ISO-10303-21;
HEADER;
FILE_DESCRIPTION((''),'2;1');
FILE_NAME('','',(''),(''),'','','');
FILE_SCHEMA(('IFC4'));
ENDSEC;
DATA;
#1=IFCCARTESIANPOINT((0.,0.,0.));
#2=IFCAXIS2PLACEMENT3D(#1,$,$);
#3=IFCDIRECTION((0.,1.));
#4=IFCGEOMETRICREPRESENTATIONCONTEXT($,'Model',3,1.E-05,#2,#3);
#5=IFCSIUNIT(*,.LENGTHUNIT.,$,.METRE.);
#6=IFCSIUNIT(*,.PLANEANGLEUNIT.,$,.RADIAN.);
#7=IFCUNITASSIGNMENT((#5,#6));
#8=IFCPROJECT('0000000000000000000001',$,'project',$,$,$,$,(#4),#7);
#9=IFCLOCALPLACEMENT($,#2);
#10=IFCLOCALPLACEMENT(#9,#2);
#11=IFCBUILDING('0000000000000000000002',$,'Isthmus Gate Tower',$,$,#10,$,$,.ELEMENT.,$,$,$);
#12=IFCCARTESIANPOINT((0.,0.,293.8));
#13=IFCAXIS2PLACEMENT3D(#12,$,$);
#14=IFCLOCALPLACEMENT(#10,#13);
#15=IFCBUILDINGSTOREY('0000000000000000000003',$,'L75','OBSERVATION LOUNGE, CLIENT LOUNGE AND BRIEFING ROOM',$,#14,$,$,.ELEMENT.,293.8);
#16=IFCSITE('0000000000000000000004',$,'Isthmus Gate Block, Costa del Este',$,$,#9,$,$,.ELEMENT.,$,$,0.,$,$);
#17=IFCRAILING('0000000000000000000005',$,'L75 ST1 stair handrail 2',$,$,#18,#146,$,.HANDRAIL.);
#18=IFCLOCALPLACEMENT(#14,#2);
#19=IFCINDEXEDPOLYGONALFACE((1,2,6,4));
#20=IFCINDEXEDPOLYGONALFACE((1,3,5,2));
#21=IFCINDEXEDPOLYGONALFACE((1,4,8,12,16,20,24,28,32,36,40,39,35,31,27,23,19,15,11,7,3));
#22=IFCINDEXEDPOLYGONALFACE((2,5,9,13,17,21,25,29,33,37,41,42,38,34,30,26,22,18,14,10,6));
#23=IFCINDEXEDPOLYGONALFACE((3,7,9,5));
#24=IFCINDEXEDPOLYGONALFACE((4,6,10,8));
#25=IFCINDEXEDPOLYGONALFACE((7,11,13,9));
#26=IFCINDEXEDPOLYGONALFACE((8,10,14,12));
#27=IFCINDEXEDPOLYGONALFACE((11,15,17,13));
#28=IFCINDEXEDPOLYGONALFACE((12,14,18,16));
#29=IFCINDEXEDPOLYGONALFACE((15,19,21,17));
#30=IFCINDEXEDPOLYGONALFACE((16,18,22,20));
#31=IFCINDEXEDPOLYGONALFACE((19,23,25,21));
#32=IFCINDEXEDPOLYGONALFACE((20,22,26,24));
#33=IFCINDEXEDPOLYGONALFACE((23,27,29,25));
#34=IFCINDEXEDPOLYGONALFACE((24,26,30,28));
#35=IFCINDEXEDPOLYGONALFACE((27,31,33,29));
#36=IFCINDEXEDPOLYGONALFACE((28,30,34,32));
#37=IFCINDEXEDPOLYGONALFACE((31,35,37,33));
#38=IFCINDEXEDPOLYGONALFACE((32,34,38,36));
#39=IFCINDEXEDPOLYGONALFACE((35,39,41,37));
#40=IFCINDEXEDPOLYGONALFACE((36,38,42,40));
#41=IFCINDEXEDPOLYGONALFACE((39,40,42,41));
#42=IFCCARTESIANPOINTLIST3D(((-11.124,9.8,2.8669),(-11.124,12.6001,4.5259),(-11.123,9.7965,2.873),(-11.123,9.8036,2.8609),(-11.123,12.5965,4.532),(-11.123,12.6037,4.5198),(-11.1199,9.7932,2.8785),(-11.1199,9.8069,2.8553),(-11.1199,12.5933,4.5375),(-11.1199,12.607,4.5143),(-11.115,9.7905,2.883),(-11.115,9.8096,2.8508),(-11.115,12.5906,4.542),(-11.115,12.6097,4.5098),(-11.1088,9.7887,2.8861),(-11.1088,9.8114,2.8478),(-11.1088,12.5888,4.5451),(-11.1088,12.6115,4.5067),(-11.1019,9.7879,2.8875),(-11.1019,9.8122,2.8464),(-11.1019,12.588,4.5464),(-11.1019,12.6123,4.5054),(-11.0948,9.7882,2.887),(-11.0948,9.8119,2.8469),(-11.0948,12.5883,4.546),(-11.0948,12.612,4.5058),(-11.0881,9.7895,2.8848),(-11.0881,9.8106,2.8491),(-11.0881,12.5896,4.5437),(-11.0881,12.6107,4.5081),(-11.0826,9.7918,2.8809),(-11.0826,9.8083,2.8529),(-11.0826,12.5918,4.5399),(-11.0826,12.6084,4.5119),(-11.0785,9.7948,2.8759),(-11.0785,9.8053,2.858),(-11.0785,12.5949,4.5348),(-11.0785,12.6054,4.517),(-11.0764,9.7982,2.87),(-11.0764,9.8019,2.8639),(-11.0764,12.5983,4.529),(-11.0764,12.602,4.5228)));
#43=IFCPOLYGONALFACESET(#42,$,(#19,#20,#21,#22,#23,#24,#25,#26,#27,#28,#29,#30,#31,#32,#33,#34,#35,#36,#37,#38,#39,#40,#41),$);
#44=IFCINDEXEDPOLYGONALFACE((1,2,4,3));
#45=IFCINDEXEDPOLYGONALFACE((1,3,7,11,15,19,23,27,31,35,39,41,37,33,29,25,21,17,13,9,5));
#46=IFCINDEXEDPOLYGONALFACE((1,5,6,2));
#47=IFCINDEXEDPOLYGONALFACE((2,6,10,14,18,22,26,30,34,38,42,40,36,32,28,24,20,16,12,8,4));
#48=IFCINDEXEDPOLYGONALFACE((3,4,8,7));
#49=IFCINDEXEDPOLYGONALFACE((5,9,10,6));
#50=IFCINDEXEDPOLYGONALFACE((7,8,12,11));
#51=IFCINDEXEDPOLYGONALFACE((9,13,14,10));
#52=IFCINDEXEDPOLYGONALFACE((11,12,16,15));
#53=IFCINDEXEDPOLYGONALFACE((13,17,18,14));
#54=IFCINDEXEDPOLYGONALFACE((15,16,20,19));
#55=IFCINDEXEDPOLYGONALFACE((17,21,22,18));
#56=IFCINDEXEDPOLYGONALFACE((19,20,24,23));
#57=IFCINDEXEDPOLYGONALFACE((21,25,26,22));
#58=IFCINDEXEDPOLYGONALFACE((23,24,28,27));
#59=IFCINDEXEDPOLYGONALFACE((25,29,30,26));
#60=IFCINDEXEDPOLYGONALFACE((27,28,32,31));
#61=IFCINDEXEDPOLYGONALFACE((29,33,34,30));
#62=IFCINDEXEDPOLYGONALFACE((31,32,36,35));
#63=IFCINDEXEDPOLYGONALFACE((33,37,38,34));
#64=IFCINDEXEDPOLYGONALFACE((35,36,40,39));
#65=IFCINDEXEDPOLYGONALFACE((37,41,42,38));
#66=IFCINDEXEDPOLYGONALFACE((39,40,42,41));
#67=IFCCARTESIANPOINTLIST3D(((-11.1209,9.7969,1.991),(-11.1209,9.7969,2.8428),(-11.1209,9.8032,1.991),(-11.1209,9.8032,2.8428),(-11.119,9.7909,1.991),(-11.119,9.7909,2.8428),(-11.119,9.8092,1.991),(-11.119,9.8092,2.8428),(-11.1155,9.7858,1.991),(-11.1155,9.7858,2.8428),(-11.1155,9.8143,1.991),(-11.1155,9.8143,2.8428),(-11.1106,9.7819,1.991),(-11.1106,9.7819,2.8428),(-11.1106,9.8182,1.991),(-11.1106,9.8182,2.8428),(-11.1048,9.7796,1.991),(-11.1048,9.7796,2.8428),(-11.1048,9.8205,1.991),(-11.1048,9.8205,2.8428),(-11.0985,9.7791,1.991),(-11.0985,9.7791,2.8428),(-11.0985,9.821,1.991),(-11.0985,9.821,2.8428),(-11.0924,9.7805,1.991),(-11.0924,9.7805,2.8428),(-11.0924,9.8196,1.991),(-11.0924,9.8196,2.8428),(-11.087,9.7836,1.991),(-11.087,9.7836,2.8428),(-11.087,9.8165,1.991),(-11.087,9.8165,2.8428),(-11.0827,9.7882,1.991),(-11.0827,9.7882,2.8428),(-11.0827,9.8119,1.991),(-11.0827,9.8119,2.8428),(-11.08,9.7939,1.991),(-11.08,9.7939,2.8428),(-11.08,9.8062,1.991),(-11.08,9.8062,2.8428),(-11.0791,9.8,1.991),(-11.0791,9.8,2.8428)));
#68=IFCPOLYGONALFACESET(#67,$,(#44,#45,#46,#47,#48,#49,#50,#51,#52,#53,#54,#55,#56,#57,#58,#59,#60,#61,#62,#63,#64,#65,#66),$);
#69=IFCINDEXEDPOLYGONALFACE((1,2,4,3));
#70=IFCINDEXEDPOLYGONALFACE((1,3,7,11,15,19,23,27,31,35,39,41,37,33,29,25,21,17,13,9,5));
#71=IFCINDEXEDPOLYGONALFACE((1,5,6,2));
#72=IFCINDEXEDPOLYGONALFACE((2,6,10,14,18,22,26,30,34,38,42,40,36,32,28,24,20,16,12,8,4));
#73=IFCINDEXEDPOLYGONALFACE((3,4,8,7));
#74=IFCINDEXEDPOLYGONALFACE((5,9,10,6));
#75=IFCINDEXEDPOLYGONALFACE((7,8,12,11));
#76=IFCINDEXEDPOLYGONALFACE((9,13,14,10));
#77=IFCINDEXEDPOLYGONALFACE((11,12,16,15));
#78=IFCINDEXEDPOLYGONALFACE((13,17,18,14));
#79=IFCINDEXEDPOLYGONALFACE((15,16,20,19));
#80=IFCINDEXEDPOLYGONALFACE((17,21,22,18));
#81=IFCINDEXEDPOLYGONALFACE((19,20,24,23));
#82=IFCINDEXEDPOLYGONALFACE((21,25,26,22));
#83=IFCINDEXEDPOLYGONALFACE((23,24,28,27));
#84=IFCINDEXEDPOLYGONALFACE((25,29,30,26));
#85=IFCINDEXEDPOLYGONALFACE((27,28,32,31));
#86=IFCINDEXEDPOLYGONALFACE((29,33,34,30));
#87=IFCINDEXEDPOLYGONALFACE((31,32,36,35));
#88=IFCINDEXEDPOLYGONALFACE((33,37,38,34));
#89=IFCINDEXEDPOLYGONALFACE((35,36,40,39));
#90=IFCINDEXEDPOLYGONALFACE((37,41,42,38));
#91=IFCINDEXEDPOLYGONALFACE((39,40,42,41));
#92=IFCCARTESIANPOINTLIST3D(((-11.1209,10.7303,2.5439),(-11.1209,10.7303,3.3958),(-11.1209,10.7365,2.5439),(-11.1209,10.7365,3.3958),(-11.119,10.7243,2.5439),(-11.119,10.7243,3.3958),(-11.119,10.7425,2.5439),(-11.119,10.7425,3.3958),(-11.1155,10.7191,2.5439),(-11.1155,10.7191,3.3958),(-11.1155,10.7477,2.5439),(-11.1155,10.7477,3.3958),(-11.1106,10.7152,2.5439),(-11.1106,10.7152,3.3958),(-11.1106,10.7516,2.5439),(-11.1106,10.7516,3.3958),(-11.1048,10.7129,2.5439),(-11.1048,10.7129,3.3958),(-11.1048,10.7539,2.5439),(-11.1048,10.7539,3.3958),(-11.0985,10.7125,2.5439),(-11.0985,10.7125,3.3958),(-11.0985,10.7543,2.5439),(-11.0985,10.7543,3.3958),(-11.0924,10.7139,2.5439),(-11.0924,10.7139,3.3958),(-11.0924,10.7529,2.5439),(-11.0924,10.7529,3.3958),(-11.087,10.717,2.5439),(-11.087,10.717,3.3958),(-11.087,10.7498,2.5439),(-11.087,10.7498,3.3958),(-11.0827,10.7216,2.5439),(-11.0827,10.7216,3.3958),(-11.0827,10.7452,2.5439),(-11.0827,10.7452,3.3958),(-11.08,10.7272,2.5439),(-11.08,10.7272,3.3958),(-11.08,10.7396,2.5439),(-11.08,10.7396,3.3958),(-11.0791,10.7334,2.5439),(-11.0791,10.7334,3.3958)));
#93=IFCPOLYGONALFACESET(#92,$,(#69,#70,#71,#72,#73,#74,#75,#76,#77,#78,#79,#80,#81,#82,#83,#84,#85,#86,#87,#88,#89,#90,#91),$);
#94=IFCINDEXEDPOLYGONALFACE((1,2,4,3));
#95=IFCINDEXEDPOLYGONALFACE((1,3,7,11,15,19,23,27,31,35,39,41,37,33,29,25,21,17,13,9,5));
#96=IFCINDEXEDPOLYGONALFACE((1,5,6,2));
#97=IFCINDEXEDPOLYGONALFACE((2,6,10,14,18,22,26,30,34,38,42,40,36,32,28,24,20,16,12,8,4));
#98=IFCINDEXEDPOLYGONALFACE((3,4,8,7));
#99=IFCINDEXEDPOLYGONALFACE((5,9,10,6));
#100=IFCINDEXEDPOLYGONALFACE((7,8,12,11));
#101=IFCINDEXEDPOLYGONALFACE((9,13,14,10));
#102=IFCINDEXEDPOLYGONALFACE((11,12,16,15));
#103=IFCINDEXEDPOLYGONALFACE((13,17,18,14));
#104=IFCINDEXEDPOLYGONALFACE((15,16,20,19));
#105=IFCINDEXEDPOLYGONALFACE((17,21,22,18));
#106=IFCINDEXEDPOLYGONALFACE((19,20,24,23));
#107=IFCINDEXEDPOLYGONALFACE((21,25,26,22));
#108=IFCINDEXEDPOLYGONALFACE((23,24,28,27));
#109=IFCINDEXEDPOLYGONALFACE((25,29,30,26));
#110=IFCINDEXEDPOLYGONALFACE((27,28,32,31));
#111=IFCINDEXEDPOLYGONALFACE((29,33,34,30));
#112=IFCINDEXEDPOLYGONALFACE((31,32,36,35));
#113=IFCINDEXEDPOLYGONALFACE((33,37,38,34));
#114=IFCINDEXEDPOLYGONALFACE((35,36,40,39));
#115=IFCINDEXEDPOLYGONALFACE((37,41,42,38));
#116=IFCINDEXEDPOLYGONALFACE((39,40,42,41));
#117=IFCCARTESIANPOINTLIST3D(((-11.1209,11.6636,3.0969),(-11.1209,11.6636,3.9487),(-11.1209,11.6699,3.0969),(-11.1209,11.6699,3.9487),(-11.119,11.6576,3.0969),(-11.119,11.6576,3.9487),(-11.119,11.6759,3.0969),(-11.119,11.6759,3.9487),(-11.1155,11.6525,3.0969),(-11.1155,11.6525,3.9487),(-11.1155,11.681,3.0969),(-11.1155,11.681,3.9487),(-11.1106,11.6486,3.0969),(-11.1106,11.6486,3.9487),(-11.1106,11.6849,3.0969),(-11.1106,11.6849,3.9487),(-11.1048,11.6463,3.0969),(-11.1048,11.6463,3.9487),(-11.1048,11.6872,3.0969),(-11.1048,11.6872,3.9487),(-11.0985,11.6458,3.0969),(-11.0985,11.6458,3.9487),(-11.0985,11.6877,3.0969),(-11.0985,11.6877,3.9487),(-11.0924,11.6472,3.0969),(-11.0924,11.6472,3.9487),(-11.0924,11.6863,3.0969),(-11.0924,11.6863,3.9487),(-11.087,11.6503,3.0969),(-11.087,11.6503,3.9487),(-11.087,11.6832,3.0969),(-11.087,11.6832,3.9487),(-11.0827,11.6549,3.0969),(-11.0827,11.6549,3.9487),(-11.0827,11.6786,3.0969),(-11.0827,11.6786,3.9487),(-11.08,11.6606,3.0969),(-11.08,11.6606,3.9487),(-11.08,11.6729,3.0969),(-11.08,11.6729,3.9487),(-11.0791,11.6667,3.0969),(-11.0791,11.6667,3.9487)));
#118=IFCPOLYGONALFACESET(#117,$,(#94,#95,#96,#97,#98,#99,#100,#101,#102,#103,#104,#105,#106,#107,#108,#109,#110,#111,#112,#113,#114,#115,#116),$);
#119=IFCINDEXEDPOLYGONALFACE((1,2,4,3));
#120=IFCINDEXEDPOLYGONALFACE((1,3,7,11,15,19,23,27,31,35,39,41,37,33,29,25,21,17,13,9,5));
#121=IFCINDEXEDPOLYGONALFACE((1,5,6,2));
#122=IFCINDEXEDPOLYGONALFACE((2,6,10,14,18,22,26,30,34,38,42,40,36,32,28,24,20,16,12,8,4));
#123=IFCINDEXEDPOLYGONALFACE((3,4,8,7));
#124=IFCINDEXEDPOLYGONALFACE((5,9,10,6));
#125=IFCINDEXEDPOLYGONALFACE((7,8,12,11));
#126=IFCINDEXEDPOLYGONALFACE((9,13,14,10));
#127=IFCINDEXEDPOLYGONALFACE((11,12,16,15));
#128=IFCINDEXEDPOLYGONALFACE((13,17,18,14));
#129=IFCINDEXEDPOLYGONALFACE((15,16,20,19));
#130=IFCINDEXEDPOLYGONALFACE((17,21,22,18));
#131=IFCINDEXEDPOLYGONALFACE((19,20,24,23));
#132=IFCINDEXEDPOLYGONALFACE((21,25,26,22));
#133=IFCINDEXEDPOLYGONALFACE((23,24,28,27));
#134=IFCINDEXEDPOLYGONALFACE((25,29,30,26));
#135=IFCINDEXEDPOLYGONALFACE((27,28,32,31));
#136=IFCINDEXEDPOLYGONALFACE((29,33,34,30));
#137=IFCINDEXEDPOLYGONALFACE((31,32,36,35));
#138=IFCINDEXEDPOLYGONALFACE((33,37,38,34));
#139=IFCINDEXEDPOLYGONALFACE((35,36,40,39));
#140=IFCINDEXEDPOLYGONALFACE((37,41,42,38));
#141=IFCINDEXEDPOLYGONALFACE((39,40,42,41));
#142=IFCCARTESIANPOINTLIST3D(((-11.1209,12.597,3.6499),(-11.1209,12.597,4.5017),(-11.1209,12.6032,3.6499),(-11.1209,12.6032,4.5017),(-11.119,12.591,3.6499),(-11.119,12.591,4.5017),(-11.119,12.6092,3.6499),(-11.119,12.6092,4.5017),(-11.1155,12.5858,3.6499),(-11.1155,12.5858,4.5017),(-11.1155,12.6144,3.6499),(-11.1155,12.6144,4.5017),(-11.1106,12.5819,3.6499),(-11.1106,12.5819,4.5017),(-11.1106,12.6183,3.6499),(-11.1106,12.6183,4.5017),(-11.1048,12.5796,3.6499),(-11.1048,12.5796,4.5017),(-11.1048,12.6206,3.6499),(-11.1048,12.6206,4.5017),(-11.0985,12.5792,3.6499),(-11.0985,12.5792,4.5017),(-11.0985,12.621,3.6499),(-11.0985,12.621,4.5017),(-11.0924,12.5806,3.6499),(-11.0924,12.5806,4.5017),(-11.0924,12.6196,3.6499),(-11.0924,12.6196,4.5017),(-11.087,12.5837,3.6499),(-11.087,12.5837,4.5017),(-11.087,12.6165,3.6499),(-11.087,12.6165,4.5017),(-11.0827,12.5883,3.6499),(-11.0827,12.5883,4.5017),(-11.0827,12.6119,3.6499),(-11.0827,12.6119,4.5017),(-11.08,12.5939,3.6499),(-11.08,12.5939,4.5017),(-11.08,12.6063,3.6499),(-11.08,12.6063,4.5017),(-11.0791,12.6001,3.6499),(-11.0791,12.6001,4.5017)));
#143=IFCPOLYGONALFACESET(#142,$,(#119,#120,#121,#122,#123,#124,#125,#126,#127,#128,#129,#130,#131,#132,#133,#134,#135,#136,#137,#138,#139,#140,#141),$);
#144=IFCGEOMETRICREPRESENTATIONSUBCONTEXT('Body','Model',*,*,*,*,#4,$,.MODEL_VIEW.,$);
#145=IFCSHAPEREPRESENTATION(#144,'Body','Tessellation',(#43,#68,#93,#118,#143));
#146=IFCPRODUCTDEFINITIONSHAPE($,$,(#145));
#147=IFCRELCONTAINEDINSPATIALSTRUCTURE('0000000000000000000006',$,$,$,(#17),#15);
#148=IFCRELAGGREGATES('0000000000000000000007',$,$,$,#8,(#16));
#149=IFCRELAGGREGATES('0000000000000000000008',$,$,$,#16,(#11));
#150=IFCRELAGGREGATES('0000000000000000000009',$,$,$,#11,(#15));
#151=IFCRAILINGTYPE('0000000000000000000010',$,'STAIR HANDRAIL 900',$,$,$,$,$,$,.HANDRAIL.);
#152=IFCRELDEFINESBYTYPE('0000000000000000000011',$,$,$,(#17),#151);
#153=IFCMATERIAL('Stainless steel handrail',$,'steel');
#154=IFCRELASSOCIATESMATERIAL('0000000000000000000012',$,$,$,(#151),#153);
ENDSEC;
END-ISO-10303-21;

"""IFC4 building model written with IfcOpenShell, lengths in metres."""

from ifc_helpers import new_model, si_unit, direction, frame, origin, origin_2d, place, context, subcontext, project, spatial, circle, extrude, material, type_object, element, save


model = new_model("IFC4")

# Units and contexts
model_context = context("Model", 3, precision=1e-05, world=origin(), true_north=direction((0.0, 1.0)))
body_context = subcontext(model_context, "Body", "Model", "MODEL_VIEW")
ifc_project = project(units=[si_unit("LENGTHUNIT", "METRE"), si_unit("PLANEANGLEUNIT", "RADIAN")], contexts=[model_context])

# Site, building, storey
site_placement = place(None, origin())
site = spatial("IfcSite", under=ifc_project, at=site_placement, Name="Isthmus Gate Block, Costa del Este", CompositionType="ELEMENT", RefElevation=0.0)
building_placement = place(site_placement, origin())
building = spatial("IfcBuilding", under=site, at=building_placement, Name="Isthmus Gate Tower", CompositionType="ELEMENT")
storey_placement = place(building_placement, frame((0.0, 0.0, 293.8)))
storey = spatial("IfcBuildingStorey", under=building, at=storey_placement, Name="L75", Description="OBSERVATION LOUNGE, CLIENT LOUNGE AND BRIEFING ROOM", CompositionType="ELEMENT", Elevation=293.8)

# Railing
ifc_material_1 = material(Name="Stainless steel handrail", Category="steel")
railing_type_1 = type_object("IfcRailingType", Name="STAIR HANDRAIL 900", PredefinedType="HANDRAIL", material=ifc_material_1)
railing_1_placement = place(storey_placement, frame((-11.1001, 9.8, 1.991)))
element("IfcRailing", 1, at=railing_1_placement, inside=storey, type_object=railing_type_1, Name="L75 ST1 stair handrail 2", PredefinedType="HANDRAIL", context=body_context, shape_type="SweptSolid", body=[
    extrude(circle(Radius=0.0239, at=origin_2d()), frame((0.0, 0.0, 0.876), z_axis=(0.0, 0.860339, 0.509722), x_axis=(-1.0, 0.0, 0.0)), (0.0, 0.0, 1.0), 3.2546),
    extrude(circle(Radius=0.021, at=origin_2d()), origin(), (0.0, 0.0, 1.0), 0.8518),
    extrude(circle(Radius=0.021, at=origin_2d()), frame((0.0, 0.9333, 0.553)), (0.0, 0.0, 1.0), 0.8518),
    extrude(circle(Radius=0.021, at=origin_2d()), frame((0.0, 1.8667, 1.106)), (0.0, 0.0, 1.0), 0.8518),
    extrude(circle(Radius=0.021, at=origin_2d()), frame((0.0, 2.8, 1.6589)), (0.0, 0.0, 1.0), 0.8518),
])

save(model, "model.ifc")
